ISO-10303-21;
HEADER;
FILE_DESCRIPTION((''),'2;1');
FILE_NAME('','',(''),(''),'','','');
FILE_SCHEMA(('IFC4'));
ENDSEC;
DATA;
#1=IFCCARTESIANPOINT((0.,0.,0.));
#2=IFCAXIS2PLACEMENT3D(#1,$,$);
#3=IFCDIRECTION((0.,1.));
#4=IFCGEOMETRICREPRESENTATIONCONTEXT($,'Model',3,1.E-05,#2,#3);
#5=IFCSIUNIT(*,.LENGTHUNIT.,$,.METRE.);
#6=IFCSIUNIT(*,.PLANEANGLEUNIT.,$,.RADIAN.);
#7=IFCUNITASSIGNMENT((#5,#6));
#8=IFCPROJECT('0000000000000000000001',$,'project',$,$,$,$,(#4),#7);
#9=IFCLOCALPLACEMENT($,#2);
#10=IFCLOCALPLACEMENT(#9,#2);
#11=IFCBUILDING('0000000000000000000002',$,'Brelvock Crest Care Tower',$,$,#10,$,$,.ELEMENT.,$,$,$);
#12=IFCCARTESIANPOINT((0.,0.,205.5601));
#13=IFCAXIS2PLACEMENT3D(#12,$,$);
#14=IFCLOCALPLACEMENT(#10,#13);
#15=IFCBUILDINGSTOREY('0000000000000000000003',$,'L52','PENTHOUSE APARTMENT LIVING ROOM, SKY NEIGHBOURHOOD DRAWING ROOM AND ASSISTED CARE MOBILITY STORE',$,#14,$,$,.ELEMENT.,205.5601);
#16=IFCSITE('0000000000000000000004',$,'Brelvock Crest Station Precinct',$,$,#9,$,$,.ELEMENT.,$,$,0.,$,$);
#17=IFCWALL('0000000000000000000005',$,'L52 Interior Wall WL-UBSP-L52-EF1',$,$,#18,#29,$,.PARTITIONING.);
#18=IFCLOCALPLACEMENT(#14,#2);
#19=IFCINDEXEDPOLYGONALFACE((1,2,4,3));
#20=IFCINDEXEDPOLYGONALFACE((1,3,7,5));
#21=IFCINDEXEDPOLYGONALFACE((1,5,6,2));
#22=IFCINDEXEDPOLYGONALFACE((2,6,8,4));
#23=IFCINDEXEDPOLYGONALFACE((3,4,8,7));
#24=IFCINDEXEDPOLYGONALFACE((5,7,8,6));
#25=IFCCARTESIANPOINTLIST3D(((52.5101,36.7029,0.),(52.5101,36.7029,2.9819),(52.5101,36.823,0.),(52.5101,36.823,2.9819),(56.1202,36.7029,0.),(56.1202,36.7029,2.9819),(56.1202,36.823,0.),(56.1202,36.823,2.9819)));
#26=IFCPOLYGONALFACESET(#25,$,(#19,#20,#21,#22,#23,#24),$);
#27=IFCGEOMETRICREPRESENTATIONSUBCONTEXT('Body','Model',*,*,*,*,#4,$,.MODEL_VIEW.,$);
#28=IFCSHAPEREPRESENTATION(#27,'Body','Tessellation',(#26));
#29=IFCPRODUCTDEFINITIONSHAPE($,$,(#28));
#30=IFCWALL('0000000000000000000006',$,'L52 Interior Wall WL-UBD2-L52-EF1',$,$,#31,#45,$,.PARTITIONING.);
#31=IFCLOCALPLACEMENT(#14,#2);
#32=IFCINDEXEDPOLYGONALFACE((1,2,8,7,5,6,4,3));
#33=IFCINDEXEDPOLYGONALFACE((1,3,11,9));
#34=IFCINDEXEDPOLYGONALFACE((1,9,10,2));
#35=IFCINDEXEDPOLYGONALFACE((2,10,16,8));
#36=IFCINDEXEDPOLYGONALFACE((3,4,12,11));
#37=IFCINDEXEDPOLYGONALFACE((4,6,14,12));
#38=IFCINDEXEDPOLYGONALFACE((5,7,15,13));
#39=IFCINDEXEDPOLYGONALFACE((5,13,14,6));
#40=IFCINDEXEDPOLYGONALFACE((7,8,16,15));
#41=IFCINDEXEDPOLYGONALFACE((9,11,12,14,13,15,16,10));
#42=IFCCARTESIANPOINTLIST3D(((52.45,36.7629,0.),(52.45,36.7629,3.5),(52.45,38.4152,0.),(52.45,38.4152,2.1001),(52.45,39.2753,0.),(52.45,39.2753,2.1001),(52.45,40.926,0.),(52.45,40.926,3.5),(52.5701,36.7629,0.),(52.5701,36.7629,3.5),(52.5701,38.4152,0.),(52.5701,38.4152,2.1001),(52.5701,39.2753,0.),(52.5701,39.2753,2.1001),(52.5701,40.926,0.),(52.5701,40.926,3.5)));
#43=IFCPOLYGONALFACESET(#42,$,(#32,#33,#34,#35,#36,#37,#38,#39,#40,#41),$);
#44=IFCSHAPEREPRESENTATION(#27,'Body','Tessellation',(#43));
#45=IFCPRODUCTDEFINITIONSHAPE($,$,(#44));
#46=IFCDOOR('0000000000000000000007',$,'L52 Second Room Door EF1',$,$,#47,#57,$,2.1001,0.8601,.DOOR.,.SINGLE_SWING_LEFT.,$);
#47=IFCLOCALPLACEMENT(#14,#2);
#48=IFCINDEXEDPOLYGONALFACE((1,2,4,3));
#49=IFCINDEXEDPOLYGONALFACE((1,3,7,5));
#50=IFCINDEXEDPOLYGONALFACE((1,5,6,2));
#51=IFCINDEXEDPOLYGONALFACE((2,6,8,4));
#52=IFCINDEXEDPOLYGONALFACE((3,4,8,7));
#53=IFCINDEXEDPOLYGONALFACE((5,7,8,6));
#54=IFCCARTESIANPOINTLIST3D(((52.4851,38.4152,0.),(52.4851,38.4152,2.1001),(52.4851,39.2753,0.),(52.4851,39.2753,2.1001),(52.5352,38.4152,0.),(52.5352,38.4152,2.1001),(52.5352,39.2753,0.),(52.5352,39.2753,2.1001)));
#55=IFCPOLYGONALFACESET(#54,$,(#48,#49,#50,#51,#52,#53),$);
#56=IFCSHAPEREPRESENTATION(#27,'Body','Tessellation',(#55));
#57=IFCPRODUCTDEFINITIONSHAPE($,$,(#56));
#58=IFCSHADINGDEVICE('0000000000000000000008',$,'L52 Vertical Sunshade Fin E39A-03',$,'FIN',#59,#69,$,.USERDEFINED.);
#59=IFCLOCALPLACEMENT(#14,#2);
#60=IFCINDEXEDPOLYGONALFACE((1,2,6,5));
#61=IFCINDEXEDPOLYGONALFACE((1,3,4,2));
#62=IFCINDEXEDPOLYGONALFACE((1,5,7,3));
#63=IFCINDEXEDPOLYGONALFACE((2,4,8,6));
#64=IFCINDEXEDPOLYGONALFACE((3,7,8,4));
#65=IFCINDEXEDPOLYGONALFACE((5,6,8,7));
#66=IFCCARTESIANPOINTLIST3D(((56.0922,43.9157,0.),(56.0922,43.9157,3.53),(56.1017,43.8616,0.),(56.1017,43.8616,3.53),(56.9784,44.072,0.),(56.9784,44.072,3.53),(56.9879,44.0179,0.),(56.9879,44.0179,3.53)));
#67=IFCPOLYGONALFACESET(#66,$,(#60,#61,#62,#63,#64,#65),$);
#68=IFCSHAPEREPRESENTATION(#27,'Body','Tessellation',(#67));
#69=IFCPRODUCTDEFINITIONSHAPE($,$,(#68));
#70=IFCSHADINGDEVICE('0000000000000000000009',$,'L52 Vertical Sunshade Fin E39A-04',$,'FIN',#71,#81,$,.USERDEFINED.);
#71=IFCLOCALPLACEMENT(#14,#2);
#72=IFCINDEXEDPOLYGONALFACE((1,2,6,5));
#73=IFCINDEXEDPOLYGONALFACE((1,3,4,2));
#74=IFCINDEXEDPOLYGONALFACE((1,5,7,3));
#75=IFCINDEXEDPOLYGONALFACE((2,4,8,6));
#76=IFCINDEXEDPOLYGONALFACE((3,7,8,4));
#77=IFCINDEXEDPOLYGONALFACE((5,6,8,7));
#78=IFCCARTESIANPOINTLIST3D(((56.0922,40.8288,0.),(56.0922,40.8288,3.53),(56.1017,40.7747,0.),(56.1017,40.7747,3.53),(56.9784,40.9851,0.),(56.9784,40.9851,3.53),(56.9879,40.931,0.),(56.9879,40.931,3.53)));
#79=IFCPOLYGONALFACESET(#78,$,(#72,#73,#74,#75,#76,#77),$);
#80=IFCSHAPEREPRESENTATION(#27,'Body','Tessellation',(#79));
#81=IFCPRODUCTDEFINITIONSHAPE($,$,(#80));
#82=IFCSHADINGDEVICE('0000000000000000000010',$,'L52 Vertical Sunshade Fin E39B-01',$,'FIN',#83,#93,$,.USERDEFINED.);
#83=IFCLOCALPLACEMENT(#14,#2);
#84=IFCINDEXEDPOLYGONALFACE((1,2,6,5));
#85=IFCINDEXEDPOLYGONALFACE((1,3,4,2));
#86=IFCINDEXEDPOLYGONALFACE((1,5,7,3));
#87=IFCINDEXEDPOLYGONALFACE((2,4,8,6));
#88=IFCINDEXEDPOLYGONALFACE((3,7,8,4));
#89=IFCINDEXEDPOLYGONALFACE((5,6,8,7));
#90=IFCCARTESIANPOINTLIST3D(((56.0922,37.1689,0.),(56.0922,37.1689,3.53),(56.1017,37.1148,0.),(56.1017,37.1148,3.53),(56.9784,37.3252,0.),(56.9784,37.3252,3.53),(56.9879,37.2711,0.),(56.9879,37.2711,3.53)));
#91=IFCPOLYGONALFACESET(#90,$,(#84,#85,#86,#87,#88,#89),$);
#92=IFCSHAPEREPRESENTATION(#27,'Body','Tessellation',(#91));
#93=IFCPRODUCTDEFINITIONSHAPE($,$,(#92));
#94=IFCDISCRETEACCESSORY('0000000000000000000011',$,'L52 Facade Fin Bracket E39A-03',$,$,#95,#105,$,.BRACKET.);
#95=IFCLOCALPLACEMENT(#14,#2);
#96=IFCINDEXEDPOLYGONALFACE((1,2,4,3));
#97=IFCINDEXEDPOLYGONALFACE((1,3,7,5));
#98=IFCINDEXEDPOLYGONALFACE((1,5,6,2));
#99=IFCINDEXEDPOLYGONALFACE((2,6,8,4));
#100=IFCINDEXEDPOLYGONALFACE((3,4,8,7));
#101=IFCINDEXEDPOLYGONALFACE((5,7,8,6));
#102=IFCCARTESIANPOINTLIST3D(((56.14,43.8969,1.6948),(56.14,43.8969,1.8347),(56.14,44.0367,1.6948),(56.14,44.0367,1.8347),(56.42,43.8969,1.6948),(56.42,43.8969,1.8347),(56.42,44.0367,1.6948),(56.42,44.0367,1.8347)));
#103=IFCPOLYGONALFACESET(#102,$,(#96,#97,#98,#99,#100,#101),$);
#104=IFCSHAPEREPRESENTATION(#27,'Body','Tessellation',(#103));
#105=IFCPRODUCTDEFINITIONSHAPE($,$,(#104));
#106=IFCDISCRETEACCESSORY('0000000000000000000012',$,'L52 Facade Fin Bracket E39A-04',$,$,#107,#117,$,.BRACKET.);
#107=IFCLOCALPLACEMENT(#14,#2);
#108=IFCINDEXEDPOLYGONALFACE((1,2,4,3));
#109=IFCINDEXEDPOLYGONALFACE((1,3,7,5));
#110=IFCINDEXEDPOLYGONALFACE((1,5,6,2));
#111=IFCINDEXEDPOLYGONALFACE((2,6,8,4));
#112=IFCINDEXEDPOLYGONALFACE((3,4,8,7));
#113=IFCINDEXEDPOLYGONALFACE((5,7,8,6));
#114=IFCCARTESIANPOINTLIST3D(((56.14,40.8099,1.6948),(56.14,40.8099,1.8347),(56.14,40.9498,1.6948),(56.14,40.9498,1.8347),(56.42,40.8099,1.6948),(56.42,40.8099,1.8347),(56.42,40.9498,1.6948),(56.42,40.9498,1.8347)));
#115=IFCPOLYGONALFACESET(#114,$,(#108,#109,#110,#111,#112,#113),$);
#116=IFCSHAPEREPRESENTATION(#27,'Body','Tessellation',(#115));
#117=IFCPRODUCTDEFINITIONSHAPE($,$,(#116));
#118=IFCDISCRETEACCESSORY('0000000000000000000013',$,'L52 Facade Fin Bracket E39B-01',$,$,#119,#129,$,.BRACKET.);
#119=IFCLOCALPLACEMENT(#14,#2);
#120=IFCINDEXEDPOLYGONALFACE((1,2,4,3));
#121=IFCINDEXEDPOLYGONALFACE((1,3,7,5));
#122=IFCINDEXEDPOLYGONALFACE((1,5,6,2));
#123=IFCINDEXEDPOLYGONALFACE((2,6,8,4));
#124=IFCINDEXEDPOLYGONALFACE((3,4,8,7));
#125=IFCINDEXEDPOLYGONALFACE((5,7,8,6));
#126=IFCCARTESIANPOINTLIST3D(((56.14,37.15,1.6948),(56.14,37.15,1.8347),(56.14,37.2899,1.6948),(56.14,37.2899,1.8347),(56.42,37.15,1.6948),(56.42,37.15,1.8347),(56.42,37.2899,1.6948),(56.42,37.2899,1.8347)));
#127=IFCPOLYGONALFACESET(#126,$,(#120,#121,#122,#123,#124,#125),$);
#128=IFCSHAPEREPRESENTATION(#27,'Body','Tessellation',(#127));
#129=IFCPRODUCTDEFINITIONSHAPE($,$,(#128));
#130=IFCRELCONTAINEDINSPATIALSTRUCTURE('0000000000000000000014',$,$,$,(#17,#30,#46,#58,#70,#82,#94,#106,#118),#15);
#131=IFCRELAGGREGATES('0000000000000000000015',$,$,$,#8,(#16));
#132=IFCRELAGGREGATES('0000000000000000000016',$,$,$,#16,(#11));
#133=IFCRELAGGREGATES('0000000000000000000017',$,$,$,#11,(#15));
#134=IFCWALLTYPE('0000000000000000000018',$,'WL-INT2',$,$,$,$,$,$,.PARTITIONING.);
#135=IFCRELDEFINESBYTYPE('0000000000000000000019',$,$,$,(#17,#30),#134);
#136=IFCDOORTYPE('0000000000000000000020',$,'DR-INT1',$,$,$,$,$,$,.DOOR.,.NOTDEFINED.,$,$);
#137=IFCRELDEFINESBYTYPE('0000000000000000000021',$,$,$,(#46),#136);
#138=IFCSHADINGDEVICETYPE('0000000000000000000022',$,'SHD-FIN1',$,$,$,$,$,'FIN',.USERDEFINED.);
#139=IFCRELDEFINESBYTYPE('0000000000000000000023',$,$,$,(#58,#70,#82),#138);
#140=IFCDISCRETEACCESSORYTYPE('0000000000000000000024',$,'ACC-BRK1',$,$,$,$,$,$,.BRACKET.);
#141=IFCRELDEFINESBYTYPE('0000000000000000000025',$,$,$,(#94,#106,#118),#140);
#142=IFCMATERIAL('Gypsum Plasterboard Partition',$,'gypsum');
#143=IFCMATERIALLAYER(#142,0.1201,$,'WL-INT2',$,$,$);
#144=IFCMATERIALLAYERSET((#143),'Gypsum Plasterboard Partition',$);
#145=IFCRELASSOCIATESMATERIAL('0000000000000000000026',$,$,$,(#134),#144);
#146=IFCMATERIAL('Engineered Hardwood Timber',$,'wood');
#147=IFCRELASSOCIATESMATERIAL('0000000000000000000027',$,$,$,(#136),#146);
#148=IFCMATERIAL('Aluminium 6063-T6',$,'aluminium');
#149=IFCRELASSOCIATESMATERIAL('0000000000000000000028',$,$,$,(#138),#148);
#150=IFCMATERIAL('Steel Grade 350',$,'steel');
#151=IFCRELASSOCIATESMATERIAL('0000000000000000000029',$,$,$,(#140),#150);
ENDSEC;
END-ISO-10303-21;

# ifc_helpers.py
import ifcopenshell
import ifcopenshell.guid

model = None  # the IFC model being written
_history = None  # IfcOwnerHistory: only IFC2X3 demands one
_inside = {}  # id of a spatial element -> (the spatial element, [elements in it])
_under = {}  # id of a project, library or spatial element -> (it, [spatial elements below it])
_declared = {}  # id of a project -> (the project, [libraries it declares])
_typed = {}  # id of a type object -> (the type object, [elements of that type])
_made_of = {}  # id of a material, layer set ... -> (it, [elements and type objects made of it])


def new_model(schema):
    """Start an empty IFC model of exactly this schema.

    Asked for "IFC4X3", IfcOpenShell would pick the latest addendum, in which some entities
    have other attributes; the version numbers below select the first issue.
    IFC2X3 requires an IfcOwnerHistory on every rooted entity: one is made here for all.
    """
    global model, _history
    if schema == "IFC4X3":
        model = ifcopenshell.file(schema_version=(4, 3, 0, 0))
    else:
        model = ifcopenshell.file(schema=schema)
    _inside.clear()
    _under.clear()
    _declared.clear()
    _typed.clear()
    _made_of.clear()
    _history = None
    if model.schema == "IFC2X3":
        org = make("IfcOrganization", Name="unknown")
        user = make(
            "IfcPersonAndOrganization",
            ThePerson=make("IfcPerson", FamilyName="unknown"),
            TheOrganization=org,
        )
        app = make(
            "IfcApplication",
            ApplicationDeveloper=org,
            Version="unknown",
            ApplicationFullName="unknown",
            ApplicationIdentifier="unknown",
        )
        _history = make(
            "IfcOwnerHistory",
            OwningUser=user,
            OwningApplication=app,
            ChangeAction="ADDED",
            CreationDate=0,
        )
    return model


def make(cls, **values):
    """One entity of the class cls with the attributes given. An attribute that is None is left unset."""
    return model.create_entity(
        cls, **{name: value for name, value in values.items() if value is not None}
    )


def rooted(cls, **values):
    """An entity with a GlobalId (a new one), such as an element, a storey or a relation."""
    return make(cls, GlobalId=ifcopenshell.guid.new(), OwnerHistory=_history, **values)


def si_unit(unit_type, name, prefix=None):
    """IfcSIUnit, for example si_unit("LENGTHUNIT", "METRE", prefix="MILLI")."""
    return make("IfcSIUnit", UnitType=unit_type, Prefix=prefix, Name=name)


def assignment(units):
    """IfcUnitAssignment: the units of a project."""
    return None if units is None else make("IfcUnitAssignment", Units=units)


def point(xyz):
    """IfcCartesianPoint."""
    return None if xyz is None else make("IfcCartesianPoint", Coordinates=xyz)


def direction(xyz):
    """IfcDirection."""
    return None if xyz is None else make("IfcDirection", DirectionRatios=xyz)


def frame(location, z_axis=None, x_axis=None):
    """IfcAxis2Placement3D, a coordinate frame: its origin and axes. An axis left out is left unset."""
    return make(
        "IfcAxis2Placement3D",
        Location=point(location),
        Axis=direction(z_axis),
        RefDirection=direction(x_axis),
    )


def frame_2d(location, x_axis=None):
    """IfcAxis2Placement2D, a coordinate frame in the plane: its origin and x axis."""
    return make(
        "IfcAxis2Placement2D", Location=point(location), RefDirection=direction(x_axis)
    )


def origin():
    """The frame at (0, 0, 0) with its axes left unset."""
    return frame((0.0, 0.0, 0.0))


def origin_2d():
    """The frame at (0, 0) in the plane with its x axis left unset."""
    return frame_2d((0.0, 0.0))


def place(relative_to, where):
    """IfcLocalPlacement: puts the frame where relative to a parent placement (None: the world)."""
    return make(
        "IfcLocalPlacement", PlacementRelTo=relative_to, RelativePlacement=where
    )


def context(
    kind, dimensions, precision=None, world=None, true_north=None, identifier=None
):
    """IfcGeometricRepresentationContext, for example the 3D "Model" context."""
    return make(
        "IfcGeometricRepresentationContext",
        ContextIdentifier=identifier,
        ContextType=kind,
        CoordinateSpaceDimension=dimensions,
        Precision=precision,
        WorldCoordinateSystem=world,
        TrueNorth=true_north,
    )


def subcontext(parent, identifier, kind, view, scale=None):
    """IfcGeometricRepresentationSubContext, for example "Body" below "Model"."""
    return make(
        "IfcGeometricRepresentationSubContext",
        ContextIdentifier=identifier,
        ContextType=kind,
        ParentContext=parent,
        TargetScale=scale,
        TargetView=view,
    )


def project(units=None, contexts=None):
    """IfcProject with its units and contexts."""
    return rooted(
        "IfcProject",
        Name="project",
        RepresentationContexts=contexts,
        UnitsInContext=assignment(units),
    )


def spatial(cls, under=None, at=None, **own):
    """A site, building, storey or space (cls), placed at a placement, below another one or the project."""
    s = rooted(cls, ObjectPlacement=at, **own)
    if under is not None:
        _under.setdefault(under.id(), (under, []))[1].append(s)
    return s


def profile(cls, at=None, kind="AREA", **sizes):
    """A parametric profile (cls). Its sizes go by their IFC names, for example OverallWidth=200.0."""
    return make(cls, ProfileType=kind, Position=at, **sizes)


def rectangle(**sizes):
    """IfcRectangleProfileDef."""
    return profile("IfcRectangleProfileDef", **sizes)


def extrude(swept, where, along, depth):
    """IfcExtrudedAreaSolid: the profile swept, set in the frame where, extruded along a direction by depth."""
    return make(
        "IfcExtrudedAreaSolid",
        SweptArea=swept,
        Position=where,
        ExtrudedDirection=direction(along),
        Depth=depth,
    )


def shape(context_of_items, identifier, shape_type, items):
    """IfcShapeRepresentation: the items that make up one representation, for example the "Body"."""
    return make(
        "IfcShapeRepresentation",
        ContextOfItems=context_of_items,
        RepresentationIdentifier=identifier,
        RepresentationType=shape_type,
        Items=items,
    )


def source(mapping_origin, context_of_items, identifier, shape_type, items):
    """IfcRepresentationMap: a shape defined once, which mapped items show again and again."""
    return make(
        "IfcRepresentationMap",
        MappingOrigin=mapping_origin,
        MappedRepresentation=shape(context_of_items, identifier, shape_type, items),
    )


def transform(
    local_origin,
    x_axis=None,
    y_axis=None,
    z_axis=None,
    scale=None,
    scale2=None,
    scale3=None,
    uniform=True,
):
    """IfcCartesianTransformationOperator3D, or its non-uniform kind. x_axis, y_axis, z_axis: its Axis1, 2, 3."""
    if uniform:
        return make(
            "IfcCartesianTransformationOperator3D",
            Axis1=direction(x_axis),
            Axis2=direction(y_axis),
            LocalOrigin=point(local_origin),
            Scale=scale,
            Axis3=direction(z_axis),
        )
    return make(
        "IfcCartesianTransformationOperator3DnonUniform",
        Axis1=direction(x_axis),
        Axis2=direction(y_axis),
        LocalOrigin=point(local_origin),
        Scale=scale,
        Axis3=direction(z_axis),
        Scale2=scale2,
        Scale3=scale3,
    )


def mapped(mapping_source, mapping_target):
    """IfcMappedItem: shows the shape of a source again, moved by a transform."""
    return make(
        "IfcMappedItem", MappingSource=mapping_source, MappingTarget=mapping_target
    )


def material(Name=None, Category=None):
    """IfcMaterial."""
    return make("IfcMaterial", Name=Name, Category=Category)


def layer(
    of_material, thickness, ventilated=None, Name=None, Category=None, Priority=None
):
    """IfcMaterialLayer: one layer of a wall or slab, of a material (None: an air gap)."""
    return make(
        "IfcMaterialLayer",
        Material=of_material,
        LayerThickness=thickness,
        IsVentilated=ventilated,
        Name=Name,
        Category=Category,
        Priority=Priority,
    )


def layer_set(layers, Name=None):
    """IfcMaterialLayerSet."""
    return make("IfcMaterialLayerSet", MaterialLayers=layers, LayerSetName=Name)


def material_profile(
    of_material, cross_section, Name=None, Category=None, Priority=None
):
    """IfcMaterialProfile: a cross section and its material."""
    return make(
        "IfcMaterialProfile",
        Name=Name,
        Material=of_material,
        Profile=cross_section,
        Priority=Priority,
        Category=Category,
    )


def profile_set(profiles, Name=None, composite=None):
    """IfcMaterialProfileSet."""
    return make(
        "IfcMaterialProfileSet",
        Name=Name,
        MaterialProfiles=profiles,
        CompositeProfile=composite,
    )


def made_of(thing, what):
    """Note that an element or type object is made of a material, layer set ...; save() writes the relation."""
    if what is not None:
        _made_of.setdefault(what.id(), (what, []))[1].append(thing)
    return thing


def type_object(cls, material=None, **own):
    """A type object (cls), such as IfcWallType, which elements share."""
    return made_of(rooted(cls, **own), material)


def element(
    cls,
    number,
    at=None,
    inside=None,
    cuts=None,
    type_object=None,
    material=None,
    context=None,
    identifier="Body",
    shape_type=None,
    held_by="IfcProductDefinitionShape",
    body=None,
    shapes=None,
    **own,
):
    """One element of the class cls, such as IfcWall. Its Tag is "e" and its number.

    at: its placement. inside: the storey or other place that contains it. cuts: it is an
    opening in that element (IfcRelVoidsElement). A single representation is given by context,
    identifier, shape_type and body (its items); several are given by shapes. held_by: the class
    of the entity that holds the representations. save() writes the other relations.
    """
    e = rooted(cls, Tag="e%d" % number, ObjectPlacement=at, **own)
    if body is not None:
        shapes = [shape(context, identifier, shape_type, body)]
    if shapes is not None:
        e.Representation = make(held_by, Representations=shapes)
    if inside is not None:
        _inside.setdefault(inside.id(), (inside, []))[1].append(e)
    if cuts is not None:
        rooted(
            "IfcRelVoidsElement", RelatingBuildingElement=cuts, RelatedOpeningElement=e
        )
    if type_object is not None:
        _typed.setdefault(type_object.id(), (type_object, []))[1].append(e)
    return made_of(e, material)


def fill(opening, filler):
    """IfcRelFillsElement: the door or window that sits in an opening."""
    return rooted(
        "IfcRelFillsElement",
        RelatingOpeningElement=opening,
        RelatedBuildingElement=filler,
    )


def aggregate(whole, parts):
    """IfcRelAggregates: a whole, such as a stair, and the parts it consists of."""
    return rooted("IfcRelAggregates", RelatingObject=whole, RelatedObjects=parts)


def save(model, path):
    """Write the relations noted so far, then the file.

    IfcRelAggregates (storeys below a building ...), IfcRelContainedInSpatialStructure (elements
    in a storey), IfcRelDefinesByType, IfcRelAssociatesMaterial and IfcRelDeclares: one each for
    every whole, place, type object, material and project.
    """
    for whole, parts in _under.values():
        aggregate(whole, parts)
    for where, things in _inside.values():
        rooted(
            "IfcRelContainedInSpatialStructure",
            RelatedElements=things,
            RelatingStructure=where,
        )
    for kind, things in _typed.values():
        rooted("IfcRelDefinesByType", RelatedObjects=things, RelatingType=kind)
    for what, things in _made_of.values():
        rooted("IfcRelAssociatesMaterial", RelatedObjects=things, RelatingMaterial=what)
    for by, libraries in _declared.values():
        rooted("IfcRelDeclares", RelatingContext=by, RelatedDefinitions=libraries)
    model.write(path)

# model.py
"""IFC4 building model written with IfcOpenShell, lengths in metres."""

from ifc_helpers import new_model, si_unit, direction, frame, frame_2d, origin, origin_2d, place, context, subcontext, project, spatial, rectangle, extrude, source, transform, mapped, material, layer, layer_set, material_profile, profile_set, type_object, element, fill, save


model = new_model("IFC4")

# Units and contexts
model_context = context("Model", 3, precision=1e-05, world=origin(), true_north=direction((0.0, 1.0)))
body_context = subcontext(model_context, "Body", "Model", "MODEL_VIEW")
ifc_project = project(units=[si_unit("LENGTHUNIT", "METRE"), si_unit("PLANEANGLEUNIT", "RADIAN")], contexts=[model_context])

# Site, building, storey
site_placement = place(None, origin())
site = spatial("IfcSite", under=ifc_project, at=site_placement, Name="Brelvock Crest Station Precinct", CompositionType="ELEMENT", RefElevation=0.0)
building_placement = place(site_placement, origin())
building = spatial("IfcBuilding", under=site, at=building_placement, Name="Brelvock Crest Care Tower", CompositionType="ELEMENT")
storey_placement = place(building_placement, frame((0.0, 0.0, 205.5601)))
storey = spatial("IfcBuildingStorey", under=building, at=storey_placement, Name="L52", Description="PENTHOUSE APARTMENT LIVING ROOM, SKY NEIGHBOURHOOD DRAWING ROOM AND ASSISTED CARE MOBILITY STORE", CompositionType="ELEMENT", Elevation=205.5601)

# Shared definitions
ifc_material_1 = material(Name="Steel Grade 350", Category="steel")

# Shared definitions
ifc_material_2 = material(Name="Aluminium 6063-T6", Category="aluminium")

# Wall
ifc_material_3 = material(Name="Gypsum Plasterboard Partition", Category="gypsum")
ifc_layer_1 = layer(ifc_material_3, 0.1201, Name="WL-INT2")
ifc_layer_set_1 = layer_set([ifc_layer_1], Name="Gypsum Plasterboard Partition")
wall_type_1 = type_object("IfcWallType", Name="WL-INT2", PredefinedType="PARTITIONING", material=ifc_layer_set_1)
wall_1_placement = place(storey_placement, frame((52.51, 36.7629, 0.0), z_axis=(0.0, 0.0, 1.0), x_axis=(1.0, 0.0, 0.0)))
element("IfcWall", 1, at=wall_1_placement, inside=storey, type_object=wall_type_1, Name="L52 Interior Wall WL-UBSP-L52-EF1", PredefinedType="PARTITIONING", context=body_context, shape_type="SweptSolid", body=[
    extrude(rectangle(XDim=3.6101, YDim=0.1201, at=frame_2d((1.8052, 0.0))), origin(), (0.0, 0.0, 1.0), 2.9819),
])

# Wall, opening, door
wall_2_placement = place(storey_placement, frame((52.51, 36.7629, 0.0), z_axis=(0.0, 0.0, 1.0), x_axis=(0.0, 1.0, 0.0)))
wall_2 = element("IfcWall", 2, at=wall_2_placement, inside=storey, type_object=wall_type_1, Name="L52 Interior Wall WL-UBD2-L52-EF1", PredefinedType="PARTITIONING", context=body_context, shape_type="SweptSolid", body=[
    extrude(rectangle(XDim=4.1631, YDim=0.1201, at=frame_2d((2.0815, 0.0))), origin(), (0.0, 0.0, 1.0), 3.5),
])
opening_1_placement = place(wall_2_placement, frame((1.6521, 0.0, 0.0)))
opening_1 = element("IfcOpeningElement", 3, at=opening_1_placement, cuts=wall_2, PredefinedType="OPENING", context=body_context, shape_type="SweptSolid", body=[
    extrude(rectangle(XDim=0.8601, YDim=2.1001, at=origin_2d()), frame((0.4302, 0.0701, 1.05), z_axis=(0.0, -1.0, 0.0), x_axis=(1.0, 0.0, 0.0)), (0.0, 0.0, 1.0), 0.1401),
])
ifc_material_4 = material(Name="Engineered Hardwood Timber", Category="wood")
door_type_1 = type_object("IfcDoorType", Name="DR-INT1", OperationType="NOTDEFINED", PredefinedType="DOOR", material=ifc_material_4)
shared_shape_1 = source(origin(), body_context, "Body", "SweptSolid", [
    extrude(rectangle(XDim=0.8601, YDim=2.1001, at=origin_2d()), frame((0.4302, 0.0249, 1.05), z_axis=(0.0, -1.0, 0.0), x_axis=(1.0, 0.0, 0.0)), (0.0, 0.0, 1.0), 0.05),
])
door_1_placement = place(opening_1_placement, origin())
door_1 = element("IfcDoor", 4, at=door_1_placement, inside=storey, type_object=door_type_1, Name="L52 Second Room Door EF1", OperationType="SINGLE_SWING_LEFT", OverallHeight=2.1001, OverallWidth=0.8601, PredefinedType="DOOR", context=body_context, shape_type="MappedRepresentation", body=[
    mapped(shared_shape_1, transform((0.0, 0.0, 0.0), x_axis=(1.0, 0.0, 0.0), y_axis=(0.0, 1.0, 0.0), z_axis=(0.0, 0.0, 1.0), scale=1.0)),
])
fill(opening_1, door_1)

# Shading devices
ifc_material_profile_1 = material_profile(ifc_material_2, rectangle(XDim=0.0549, YDim=0.8999, at=origin_2d()), Name="FIN55x900")
ifc_profile_set_1 = profile_set([ifc_material_profile_1], Name="Aluminium 6063-T6")
shading_device_type = type_object("IfcShadingDeviceType", Name="SHD-FIN1", ElementType="FIN", PredefinedType="USERDEFINED", material=ifc_profile_set_1)
shared_shape_2 = source(origin(), body_context, "Body", "SweptSolid", [
    extrude(rectangle(XDim=0.0549, YDim=0.8999, at=origin_2d()), origin(), (0.0, 0.0, 1.0), 3.53),
])
for number, where, z_axis, x_axis, name in (
    (5, (56.54, 43.9668, 0.0), (0.0, 0.0, 1.0), (0.173648, -0.984808, 0.0), "L52 Vertical Sunshade Fin E39A-03"),
    (6, (56.54, 40.8799, 0.0), (0.0, 0.0, 1.0), (0.173648, -0.984808, 0.0), "L52 Vertical Sunshade Fin E39A-04"),
    (7, (56.54, 37.22, 0.0), (0.0, 0.0, 1.0), (0.173648, -0.984808, 0.0), "L52 Vertical Sunshade Fin E39B-01"),
):
    element("IfcShadingDevice", number, at=place(storey_placement, frame(where, z_axis=z_axis, x_axis=x_axis)), inside=storey, type_object=shading_device_type, Name=name, ObjectType="FIN", PredefinedType="USERDEFINED", context=body_context, shape_type="MappedRepresentation", body=[
        mapped(shared_shape_2, transform((0.0, 0.0, 0.0), x_axis=(1.0, 0.0, 0.0), y_axis=(0.0, 1.0, 0.0), z_axis=(0.0, 0.0, 1.0), scale=1.0)),
    ])

# Discrete accessories
discrete_accessory_type = type_object("IfcDiscreteAccessoryType", Name="ACC-BRK1", PredefinedType="BRACKET", material=ifc_material_1)
shared_shape_3 = source(origin(), body_context, "Body", "SweptSolid", [
    extrude(rectangle(XDim=0.28, YDim=0.1399, at=origin_2d()), origin(), (0.0, 0.0, 1.0), 0.1399),
])
for number, where, z_axis, x_axis, name in (
    (8, (56.28, 43.9668, 1.6948), (0.0, 0.0, 1.0), (1.0, 0.0, 0.0), "L52 Facade Fin Bracket E39A-03"),
    (9, (56.28, 40.8799, 1.6948), (0.0, 0.0, 1.0), (1.0, 0.0, 0.0), "L52 Facade Fin Bracket E39A-04"),
    (10, (56.28, 37.22, 1.6948), (0.0, 0.0, 1.0), (1.0, 0.0, 0.0), "L52 Facade Fin Bracket E39B-01"),
):
    element("IfcDiscreteAccessory", number, at=place(storey_placement, frame(where, z_axis=z_axis, x_axis=x_axis)), inside=storey, type_object=discrete_accessory_type, Name=name, PredefinedType="BRACKET", context=body_context, shape_type="MappedRepresentation", body=[
        mapped(shared_shape_3, transform((0.0, 0.0, 0.0), x_axis=(1.0, 0.0, 0.0), y_axis=(0.0, 1.0, 0.0), z_axis=(0.0, 0.0, 1.0), scale=1.0)),
    ])

save(model, "model.ifc")
